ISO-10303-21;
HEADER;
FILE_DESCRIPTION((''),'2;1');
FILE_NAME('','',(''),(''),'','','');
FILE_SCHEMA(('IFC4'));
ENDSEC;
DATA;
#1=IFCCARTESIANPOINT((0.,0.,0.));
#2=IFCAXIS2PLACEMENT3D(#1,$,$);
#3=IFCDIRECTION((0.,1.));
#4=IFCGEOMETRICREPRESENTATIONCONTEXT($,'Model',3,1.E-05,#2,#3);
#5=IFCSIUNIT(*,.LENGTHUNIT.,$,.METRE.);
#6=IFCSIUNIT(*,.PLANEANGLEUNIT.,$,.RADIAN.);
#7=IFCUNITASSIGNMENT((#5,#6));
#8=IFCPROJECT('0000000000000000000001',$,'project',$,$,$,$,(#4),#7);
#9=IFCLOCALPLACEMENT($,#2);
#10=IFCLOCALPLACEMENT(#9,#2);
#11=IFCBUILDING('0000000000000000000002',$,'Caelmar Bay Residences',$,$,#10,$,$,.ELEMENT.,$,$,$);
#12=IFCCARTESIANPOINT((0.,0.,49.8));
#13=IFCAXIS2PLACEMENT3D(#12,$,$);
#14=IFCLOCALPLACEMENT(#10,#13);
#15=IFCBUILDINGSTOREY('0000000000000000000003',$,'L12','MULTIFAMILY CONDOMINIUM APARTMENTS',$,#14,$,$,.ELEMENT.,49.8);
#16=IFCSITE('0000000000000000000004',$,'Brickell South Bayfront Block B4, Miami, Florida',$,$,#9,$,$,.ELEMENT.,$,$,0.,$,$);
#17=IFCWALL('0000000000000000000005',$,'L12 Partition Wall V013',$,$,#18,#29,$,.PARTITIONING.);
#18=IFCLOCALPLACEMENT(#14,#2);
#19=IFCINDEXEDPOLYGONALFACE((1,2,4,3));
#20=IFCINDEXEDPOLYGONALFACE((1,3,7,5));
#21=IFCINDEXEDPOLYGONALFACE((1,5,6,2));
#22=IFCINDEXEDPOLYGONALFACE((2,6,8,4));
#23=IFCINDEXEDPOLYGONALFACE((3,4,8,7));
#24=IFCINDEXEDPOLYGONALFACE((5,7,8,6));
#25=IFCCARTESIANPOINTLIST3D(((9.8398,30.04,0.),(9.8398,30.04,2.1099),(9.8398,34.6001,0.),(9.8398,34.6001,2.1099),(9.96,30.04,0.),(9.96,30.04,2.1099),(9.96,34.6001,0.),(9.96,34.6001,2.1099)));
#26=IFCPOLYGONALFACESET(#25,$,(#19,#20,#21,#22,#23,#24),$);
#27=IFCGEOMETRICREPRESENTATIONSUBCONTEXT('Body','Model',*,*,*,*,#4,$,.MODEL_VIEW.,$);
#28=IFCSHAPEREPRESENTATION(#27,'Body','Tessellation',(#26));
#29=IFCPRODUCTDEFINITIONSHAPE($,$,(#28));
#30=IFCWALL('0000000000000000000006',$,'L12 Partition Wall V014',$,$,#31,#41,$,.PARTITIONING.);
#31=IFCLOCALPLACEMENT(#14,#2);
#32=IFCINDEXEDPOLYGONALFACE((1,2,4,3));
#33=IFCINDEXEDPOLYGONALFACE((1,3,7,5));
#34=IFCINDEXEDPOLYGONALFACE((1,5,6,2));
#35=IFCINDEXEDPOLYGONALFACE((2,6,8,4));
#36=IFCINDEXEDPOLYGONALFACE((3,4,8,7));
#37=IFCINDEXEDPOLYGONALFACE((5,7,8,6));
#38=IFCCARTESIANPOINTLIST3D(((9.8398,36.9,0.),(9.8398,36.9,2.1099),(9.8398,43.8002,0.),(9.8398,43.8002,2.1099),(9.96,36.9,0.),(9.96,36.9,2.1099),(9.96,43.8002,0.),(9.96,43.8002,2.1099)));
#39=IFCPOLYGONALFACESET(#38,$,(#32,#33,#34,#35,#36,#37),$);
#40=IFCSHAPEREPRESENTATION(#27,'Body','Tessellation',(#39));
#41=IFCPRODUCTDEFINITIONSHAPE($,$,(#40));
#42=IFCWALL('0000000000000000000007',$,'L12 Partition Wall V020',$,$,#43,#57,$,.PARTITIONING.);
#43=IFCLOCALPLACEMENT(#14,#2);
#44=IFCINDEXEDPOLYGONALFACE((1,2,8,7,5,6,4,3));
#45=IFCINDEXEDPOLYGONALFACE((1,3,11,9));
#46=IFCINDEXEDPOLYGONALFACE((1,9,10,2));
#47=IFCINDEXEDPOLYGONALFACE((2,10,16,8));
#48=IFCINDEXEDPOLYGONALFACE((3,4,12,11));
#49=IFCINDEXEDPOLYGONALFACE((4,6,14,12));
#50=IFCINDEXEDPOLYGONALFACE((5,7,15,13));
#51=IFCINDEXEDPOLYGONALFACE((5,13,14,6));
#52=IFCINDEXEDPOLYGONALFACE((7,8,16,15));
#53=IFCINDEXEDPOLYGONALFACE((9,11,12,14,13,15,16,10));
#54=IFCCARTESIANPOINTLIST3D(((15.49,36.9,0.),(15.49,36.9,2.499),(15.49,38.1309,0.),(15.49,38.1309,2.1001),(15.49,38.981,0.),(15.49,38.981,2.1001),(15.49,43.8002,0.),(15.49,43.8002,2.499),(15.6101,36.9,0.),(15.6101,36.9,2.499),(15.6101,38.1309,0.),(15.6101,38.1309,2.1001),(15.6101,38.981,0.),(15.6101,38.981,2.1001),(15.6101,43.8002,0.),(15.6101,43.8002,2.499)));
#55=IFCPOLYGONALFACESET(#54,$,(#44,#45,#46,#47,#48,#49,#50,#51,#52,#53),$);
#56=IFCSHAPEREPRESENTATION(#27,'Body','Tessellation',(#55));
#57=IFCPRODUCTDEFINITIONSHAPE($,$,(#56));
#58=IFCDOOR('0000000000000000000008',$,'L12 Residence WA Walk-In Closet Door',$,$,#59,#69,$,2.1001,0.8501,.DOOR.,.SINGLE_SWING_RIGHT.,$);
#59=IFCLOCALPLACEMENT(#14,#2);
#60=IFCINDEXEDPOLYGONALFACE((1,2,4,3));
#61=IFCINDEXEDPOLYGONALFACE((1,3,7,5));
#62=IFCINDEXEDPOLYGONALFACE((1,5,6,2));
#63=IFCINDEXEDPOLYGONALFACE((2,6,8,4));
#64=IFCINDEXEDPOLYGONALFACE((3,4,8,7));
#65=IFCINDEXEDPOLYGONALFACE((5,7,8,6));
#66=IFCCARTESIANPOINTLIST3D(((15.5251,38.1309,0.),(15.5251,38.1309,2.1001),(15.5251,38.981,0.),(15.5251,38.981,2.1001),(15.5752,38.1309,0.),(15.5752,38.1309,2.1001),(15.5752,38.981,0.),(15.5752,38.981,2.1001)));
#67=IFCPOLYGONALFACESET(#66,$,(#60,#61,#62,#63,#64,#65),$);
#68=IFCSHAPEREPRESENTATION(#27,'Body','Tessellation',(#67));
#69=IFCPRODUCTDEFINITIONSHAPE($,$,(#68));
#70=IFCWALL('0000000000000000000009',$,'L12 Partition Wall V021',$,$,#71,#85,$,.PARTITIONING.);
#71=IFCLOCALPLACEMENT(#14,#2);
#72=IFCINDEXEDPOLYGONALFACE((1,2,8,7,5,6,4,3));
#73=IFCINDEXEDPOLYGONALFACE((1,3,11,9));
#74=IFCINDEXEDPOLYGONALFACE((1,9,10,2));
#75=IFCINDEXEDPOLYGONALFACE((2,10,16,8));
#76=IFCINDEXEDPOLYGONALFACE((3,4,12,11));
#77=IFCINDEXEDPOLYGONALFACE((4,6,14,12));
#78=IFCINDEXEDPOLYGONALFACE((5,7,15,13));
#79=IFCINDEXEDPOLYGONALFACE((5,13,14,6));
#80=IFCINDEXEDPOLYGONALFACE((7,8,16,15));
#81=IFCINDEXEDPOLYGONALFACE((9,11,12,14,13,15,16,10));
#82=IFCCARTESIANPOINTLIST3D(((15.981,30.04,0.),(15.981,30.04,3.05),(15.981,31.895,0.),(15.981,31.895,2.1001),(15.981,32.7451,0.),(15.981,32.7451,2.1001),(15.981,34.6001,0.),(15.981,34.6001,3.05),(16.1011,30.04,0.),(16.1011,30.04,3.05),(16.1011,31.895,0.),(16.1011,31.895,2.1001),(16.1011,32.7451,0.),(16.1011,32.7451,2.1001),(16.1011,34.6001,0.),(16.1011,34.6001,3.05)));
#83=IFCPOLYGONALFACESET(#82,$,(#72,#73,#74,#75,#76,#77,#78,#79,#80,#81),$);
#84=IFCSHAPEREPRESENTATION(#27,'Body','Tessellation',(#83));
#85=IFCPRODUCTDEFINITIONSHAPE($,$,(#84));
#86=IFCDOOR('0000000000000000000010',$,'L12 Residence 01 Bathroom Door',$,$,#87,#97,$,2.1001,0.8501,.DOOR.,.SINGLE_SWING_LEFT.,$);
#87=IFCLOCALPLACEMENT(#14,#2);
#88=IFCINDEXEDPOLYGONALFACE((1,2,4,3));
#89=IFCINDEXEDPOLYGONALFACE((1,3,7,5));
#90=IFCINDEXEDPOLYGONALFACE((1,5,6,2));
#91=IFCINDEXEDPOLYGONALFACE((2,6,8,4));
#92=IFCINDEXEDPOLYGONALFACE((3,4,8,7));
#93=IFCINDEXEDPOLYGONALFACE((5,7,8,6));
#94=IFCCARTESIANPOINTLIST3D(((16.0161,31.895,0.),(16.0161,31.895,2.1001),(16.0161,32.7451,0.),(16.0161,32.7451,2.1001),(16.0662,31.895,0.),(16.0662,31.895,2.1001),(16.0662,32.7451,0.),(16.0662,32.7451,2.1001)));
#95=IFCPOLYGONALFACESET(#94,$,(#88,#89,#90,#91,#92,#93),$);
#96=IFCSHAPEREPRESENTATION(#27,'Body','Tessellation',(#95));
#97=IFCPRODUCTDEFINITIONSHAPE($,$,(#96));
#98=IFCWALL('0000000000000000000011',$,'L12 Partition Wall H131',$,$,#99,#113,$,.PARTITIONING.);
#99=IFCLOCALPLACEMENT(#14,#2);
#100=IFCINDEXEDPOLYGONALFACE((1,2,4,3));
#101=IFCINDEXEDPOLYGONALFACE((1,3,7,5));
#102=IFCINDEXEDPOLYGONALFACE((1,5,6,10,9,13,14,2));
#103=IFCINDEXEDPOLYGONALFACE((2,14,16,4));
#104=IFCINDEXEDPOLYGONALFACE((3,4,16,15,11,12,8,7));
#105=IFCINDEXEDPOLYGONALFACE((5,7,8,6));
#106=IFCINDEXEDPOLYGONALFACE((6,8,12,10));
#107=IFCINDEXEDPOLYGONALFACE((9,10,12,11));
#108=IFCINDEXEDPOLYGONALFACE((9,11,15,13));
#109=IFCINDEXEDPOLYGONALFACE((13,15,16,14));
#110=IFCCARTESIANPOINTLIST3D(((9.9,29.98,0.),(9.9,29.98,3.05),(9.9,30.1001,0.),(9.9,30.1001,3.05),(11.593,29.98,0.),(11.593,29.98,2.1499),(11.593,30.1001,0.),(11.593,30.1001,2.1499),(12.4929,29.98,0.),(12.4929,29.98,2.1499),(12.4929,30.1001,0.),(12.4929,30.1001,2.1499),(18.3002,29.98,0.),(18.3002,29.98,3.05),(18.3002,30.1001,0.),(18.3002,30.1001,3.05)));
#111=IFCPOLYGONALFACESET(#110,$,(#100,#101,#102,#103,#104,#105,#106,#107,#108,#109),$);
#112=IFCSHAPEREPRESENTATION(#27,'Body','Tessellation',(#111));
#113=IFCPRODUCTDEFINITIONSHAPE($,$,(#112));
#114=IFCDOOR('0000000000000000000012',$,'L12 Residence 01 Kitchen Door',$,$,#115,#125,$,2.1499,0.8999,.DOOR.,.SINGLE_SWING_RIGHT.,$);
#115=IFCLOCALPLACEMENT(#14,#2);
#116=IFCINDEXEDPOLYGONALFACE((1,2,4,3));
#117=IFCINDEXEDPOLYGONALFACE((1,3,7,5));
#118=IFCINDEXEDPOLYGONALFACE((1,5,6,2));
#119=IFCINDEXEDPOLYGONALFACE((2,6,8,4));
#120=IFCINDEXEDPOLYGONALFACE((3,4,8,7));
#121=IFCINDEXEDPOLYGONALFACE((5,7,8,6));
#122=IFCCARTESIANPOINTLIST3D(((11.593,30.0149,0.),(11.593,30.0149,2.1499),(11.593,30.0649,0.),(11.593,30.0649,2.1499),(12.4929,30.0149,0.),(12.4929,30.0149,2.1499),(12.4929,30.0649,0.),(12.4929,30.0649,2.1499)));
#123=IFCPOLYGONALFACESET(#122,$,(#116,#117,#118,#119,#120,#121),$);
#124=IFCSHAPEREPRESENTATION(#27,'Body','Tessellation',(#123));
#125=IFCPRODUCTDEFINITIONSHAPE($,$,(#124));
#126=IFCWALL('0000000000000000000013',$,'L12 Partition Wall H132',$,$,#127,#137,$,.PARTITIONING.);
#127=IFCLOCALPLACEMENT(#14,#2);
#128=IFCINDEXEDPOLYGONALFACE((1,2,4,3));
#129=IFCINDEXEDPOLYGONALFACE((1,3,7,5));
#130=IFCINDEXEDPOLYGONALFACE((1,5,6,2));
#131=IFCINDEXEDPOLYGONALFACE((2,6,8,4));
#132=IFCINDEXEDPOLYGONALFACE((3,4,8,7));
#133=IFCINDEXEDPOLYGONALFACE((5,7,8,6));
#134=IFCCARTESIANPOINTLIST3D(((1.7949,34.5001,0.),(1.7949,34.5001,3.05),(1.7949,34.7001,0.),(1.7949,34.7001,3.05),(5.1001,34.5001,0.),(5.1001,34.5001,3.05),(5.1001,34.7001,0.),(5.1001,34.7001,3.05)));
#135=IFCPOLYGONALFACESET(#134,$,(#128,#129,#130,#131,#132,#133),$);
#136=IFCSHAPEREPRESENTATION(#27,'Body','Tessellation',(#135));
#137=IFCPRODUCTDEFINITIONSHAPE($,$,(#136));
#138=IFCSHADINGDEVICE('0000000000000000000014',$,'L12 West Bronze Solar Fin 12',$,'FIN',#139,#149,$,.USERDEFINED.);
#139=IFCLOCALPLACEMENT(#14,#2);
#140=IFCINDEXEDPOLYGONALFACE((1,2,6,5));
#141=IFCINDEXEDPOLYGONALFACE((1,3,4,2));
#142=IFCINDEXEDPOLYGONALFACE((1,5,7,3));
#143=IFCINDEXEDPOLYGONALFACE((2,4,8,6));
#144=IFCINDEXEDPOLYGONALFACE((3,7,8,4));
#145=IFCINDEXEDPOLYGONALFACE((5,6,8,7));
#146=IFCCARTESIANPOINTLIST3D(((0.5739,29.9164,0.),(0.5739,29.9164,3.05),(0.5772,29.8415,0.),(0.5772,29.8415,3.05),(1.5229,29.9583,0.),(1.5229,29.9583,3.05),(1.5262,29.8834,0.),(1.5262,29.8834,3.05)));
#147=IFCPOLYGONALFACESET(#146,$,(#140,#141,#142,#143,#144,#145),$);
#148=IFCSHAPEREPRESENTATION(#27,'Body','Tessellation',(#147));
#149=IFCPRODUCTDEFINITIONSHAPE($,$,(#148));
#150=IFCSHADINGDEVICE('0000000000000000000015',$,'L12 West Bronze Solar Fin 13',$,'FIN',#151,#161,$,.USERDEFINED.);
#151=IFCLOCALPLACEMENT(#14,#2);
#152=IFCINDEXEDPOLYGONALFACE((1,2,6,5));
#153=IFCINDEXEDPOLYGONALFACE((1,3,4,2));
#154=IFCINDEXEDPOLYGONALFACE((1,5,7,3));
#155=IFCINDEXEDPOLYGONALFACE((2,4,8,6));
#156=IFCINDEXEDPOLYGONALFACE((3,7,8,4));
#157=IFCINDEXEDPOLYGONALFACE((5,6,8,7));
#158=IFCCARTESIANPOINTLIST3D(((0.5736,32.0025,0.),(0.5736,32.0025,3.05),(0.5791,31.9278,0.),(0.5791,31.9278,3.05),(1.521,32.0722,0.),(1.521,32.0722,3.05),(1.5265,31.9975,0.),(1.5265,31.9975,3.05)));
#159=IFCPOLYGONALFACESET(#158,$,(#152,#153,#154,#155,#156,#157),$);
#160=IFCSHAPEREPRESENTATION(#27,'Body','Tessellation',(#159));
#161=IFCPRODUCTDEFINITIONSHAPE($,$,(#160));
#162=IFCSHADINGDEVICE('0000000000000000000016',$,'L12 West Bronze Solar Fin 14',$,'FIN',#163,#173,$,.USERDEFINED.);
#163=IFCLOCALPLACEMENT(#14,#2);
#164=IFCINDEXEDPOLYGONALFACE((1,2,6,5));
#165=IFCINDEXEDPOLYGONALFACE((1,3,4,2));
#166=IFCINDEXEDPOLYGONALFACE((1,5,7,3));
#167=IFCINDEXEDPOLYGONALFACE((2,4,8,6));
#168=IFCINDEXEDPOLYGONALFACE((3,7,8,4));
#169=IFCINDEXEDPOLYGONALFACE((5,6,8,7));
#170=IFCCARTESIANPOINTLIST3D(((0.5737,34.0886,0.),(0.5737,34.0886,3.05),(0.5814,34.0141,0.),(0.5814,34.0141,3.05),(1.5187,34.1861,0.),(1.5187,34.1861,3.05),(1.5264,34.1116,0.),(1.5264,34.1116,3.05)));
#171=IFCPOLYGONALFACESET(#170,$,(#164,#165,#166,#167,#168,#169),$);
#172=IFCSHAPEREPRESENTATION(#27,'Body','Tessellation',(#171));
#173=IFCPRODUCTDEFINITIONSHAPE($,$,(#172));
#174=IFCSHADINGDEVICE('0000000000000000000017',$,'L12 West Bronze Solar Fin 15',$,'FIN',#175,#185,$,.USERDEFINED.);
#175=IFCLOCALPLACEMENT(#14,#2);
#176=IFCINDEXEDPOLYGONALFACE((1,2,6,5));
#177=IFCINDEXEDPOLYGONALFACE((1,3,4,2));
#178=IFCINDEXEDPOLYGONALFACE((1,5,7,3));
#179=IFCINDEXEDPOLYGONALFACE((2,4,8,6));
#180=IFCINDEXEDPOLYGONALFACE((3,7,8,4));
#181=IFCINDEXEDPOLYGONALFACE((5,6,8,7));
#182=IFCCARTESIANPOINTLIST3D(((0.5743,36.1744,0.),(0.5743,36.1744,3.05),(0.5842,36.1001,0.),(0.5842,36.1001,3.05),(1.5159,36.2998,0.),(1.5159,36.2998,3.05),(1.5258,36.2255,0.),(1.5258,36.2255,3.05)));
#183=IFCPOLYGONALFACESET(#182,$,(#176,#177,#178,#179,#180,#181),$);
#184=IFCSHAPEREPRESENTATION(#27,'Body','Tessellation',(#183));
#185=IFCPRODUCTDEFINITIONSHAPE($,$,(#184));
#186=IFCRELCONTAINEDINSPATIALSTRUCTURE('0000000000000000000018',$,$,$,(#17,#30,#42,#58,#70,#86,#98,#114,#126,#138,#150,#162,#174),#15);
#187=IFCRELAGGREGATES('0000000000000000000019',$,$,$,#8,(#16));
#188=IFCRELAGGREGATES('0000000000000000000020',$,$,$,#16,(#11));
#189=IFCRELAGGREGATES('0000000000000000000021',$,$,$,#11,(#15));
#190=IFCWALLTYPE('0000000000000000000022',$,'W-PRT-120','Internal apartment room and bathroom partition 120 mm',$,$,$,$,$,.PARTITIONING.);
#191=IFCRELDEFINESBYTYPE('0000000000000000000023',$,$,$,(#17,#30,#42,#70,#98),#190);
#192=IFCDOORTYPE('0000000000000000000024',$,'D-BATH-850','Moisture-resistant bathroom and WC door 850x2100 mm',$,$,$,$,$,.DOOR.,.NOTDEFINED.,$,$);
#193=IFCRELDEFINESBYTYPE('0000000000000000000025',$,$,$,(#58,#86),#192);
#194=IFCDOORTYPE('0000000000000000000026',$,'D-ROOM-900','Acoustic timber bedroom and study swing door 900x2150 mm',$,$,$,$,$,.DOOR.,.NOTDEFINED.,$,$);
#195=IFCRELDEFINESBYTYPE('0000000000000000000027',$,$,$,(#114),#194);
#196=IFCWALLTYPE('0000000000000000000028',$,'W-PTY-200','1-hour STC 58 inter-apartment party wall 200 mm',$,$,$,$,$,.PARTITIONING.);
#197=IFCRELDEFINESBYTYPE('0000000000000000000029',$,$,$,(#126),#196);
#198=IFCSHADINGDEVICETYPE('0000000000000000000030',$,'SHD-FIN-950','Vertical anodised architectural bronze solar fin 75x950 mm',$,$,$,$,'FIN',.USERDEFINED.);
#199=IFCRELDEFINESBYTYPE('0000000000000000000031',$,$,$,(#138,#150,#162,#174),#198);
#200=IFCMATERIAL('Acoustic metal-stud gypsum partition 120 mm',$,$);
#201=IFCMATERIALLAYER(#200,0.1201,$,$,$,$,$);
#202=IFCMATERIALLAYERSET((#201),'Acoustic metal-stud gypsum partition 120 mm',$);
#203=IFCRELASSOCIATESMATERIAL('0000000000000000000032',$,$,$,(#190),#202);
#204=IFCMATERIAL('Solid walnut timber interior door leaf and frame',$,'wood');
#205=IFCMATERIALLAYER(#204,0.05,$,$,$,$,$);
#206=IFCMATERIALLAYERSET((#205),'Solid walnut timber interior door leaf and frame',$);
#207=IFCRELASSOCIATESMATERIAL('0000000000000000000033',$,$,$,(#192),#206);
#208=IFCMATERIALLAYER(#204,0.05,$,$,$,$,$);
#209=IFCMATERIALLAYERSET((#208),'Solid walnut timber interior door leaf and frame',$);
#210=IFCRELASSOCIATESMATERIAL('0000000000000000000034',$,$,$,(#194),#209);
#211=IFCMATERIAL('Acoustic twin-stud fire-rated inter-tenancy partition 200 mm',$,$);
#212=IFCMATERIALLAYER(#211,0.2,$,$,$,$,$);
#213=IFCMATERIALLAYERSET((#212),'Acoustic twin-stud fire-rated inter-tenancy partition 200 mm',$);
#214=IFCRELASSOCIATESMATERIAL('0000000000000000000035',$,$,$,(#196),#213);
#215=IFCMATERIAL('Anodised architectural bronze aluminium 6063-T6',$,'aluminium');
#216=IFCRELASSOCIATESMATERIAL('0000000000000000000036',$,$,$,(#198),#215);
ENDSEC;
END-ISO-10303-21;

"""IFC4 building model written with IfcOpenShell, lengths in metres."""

from ifc_helpers import new_model, si_unit, direction, frame, frame_2d, origin, origin_2d, place, context, subcontext, project, spatial, rectangle, extrude, material, layer, layer_set, material_profile, profile_set, type_object, element, fill, save


model = new_model("IFC4")

# Units and contexts
model_context = context("Model", 3, precision=1e-05, world=origin(), true_north=direction((0.0, 1.0)))
body_context = subcontext(model_context, "Body", "Model", "MODEL_VIEW")
ifc_project = project(units=[si_unit("LENGTHUNIT", "METRE"), si_unit("PLANEANGLEUNIT", "RADIAN")], contexts=[model_context])

# Site, building, storey
site_placement = place(None, origin())
site = spatial("IfcSite", under=ifc_project, at=site_placement, Name="Brickell South Bayfront Block B4, Miami, Florida", CompositionType="ELEMENT", RefElevation=0.0)
building_placement = place(site_placement, origin())
building = spatial("IfcBuilding", under=site, at=building_placement, Name="Caelmar Bay Residences", CompositionType="ELEMENT")
storey_placement = place(building_placement, frame((0.0, 0.0, 49.8)))
storey = spatial("IfcBuildingStorey", under=building, at=storey_placement, Name="L12", Description="MULTIFAMILY CONDOMINIUM APARTMENTS", CompositionType="ELEMENT", Elevation=49.8)

# Walls
ifc_material_1 = material(Name="Acoustic metal-stud gypsum partition 120 mm")
ifc_layer_1 = layer(ifc_material_1, 0.1201)
ifc_layer_set_1 = layer_set([ifc_layer_1], Name="Acoustic metal-stud gypsum partition 120 mm")
wall_type_1 = type_object("IfcWallType", Name="W-PRT-120", Description="Internal apartment room and bathroom partition 120 mm", PredefinedType="PARTITIONING", material=ifc_layer_set_1)
wall_1_placement = place(storey_placement, frame((9.8999, 30.04, 0.0), z_axis=(0.0, 0.0, 1.0), x_axis=(0.0, 1.0, 0.0)))
element("IfcWall", 1, at=wall_1_placement, inside=storey, type_object=wall_type_1, Name="L12 Partition Wall V013", PredefinedType="PARTITIONING", context=body_context, shape_type="SweptSolid", body=[
    extrude(rectangle(XDim=4.5601, YDim=0.1201, at=frame_2d((2.28, 0.0))), origin(), (0.0, 0.0, 1.0), 2.1099),
])
wall_2_placement = place(storey_placement, frame((9.8999, 36.8999, 0.0), z_axis=(0.0, 0.0, 1.0), x_axis=(0.0, 1.0, 0.0)))
element("IfcWall", 2, at=wall_2_placement, inside=storey, type_object=wall_type_1, Name="L12 Partition Wall V014", PredefinedType="PARTITIONING", context=body_context, shape_type="SweptSolid", body=[
    extrude(rectangle(XDim=6.9001, YDim=0.1201, at=frame_2d((3.4502, 0.0))), origin(), (0.0, 0.0, 1.0), 2.1099),
])

# Walls, openings, doors
wall_3_placement = place(storey_placement, frame((15.55, 36.8999, 0.0), z_axis=(0.0, 0.0, 1.0), x_axis=(0.0, 1.0, 0.0)))
wall_3 = element("IfcWall", 3, at=wall_3_placement, inside=storey, type_object=wall_type_1, Name="L12 Partition Wall V020", PredefinedType="PARTITIONING", context=body_context, shape_type="SweptSolid", body=[
    extrude(rectangle(XDim=6.9001, YDim=0.1201, at=frame_2d((3.4502, 0.0))), origin(), (0.0, 0.0, 1.0), 2.499),
])
opening_1_placement = place(wall_3_placement, frame((1.231, 0.0, 0.0)))
opening_1 = element("IfcOpeningElement", 4, at=opening_1_placement, cuts=wall_3, PredefinedType="OPENING", context=body_context, shape_type="SweptSolid", body=[
    extrude(rectangle(XDim=0.8501, YDim=2.1001, at=frame_2d((0.425, 1.05))), frame((0.0, 0.0701, 0.0), z_axis=(0.0, -1.0, 0.0), x_axis=(1.0, 0.0, 0.0)), (0.0, 0.0, 1.0), 0.1401),
])
ifc_material_2 = material(Name="Solid walnut timber interior door leaf and frame", Category="wood")
ifc_layer_2 = layer(ifc_material_2, 0.05)
ifc_layer_set_2 = layer_set([ifc_layer_2], Name="Solid walnut timber interior door leaf and frame")
door_type_1 = type_object("IfcDoorType", Name="D-BATH-850", Description="Moisture-resistant bathroom and WC door 850x2100 mm", OperationType="NOTDEFINED", PredefinedType="DOOR", material=ifc_layer_set_2)
door_1_placement = place(opening_1_placement, origin())
door_1 = element("IfcDoor", 5, at=door_1_placement, inside=storey, type_object=door_type_1, Name="L12 Residence WA Walk-In Closet Door", OperationType="SINGLE_SWING_RIGHT", OverallHeight=2.1001, OverallWidth=0.8501, PredefinedType="DOOR", context=body_context, shape_type="SweptSolid", body=[
    extrude(rectangle(XDim=0.8501, YDim=2.1001, at=frame_2d((0.425, 1.05))), frame((0.0, 0.0249, 0.0), z_axis=(0.0, -1.0, 0.0), x_axis=(1.0, 0.0, 0.0)), (0.0, 0.0, 1.0), 0.05),
])
fill(opening_1, door_1)
wall_4_placement = place(storey_placement, frame((16.041, 30.04, 0.0), z_axis=(0.0, 0.0, 1.0), x_axis=(0.0, 1.0, 0.0)))
wall_4 = element("IfcWall", 6, at=wall_4_placement, inside=storey, type_object=wall_type_1, Name="L12 Partition Wall V021", PredefinedType="PARTITIONING", context=body_context, shape_type="SweptSolid", body=[
    extrude(rectangle(XDim=4.5601, YDim=0.1201, at=frame_2d((2.28, 0.0))), origin(), (0.0, 0.0, 1.0), 3.05),
])
opening_2_placement = place(wall_4_placement, frame((1.855, 0.0, 0.0)))
opening_2 = element("IfcOpeningElement", 7, at=opening_2_placement, cuts=wall_4, PredefinedType="OPENING", context=body_context, shape_type="SweptSolid", body=[
    extrude(rectangle(XDim=0.8501, YDim=2.1001, at=frame_2d((0.425, 1.05))), frame((0.0, 0.0701, 0.0), z_axis=(0.0, -1.0, 0.0), x_axis=(1.0, 0.0, 0.0)), (0.0, 0.0, 1.0), 0.1401),
])
door_2_placement = place(opening_2_placement, origin())
door_2 = element("IfcDoor", 8, at=door_2_placement, inside=storey, type_object=door_type_1, Name="L12 Residence 01 Bathroom Door", OperationType="SINGLE_SWING_LEFT", OverallHeight=2.1001, OverallWidth=0.8501, PredefinedType="DOOR", context=body_context, shape_type="SweptSolid", body=[
    extrude(rectangle(XDim=0.8501, YDim=2.1001, at=frame_2d((0.425, 1.05))), frame((0.0, 0.0249, 0.0), z_axis=(0.0, -1.0, 0.0), x_axis=(1.0, 0.0, 0.0)), (0.0, 0.0, 1.0), 0.05),
])
fill(opening_2, door_2)
wall_5_placement = place(storey_placement, frame((9.8999, 30.04, 0.0), z_axis=(0.0, 0.0, 1.0), x_axis=(1.0, 0.0, 0.0)))
wall_5 = element("IfcWall", 9, at=wall_5_placement, inside=storey, type_object=wall_type_1, Name="L12 Partition Wall H131", PredefinedType="PARTITIONING", context=body_context, shape_type="SweptSolid", body=[
    extrude(rectangle(XDim=8.4001, YDim=0.1201, at=frame_2d((4.2002, 0.0))), origin(), (0.0, 0.0, 1.0), 3.05),
])
opening_3_placement = place(wall_5_placement, frame((1.6931, 0.0, 0.0)))
opening_3 = element("IfcOpeningElement", 10, at=opening_3_placement, cuts=wall_5, PredefinedType="OPENING", context=body_context, shape_type="SweptSolid", body=[
    extrude(rectangle(XDim=0.8999, YDim=2.1499, at=frame_2d((0.45, 1.075))), frame((0.0, 0.0701, 0.0), z_axis=(0.0, -1.0, 0.0), x_axis=(1.0, 0.0, 0.0)), (0.0, 0.0, 1.0), 0.1401),
])
ifc_layer_3 = layer(ifc_material_2, 0.05)
ifc_layer_set_3 = layer_set([ifc_layer_3], Name="Solid walnut timber interior door leaf and frame")
door_type_2 = type_object("IfcDoorType", Name="D-ROOM-900", Description="Acoustic timber bedroom and study swing door 900x2150 mm", OperationType="NOTDEFINED", PredefinedType="DOOR", material=ifc_layer_set_3)
door_3_placement = place(opening_3_placement, origin())
door_3 = element("IfcDoor", 11, at=door_3_placement, inside=storey, type_object=door_type_2, Name="L12 Residence 01 Kitchen Door", OperationType="SINGLE_SWING_RIGHT", OverallHeight=2.1499, OverallWidth=0.8999, PredefinedType="DOOR", context=body_context, shape_type="SweptSolid", body=[
    extrude(rectangle(XDim=0.8999, YDim=2.1499, at=frame_2d((0.45, 1.075))), frame((0.0, 0.0249, 0.0), z_axis=(0.0, -1.0, 0.0), x_axis=(1.0, 0.0, 0.0)), (0.0, 0.0, 1.0), 0.05),
])
fill(opening_3, door_3)

# Wall
ifc_material_3 = material(Name="Acoustic twin-stud fire-rated inter-tenancy partition 200 mm")
ifc_layer_4 = layer(ifc_material_3, 0.2)
ifc_layer_set_4 = layer_set([ifc_layer_4], Name="Acoustic twin-stud fire-rated inter-tenancy partition 200 mm")
wall_type_2 = type_object("IfcWallType", Name="W-PTY-200", Description="1-hour STC 58 inter-apartment party wall 200 mm", PredefinedType="PARTITIONING", material=ifc_layer_set_4)
wall_6_placement = place(storey_placement, frame((1.7949, 34.6001, 0.0), z_axis=(0.0, 0.0, 1.0), x_axis=(1.0, 0.0, 0.0)))
element("IfcWall", 12, at=wall_6_placement, inside=storey, type_object=wall_type_2, Name="L12 Partition Wall H132", PredefinedType="PARTITIONING", context=body_context, shape_type="SweptSolid", body=[
    extrude(rectangle(XDim=3.3052, YDim=0.2, at=frame_2d((1.6526, 0.0))), origin(), (0.0, 0.0, 1.0), 3.05),
])

# Shading devices
ifc_material_4 = material(Name="Anodised architectural bronze aluminium 6063-T6", Category="aluminium")
ifc_material_profile = material_profile(ifc_material_4, rectangle(XDim=0.075, YDim=0.95, at=origin_2d()), Name="BRONZE-FIN-75X950")
ifc_profile_set = profile_set([ifc_material_profile], Name="Anodised architectural bronze aluminium 6063-T6")
shading_device_type = type_object("IfcShadingDeviceType", Name="SHD-FIN-950", Description="Vertical anodised architectural bronze solar fin 75x950 mm", ElementType="FIN", PredefinedType="USERDEFINED", material=ifc_profile_set)
for number, where, z_axis, x_axis, name in (
    (13, (1.05, 29.8999, 0.0), (0.0, 0.0, 1.0), (-0.044142, 0.999025, 0.0), "L12 West Bronze Solar Fin 12"),
    (14, (1.05, 32.0, 0.0), (0.0, 0.0, 1.0), (-0.073412, 0.997302, 0.0), "L12 West Bronze Solar Fin 13"),
    (15, (1.05, 34.1001, 0.0), (0.0, 0.0, 1.0), (-0.102619, 0.994721, 0.0), "L12 West Bronze Solar Fin 14"),
    (16, (1.05, 36.2, 0.0), (0.0, 0.0, 1.0), (-0.13191, 0.991262, 0.0), "L12 West Bronze Solar Fin 15"),
):
    element("IfcShadingDevice", number, at=place(storey_placement, frame(where, z_axis=z_axis, x_axis=x_axis)), inside=storey, type_object=shading_device_type, Name=name, ObjectType="FIN", PredefinedType="USERDEFINED", context=body_context, shape_type="SweptSolid", body=[
        extrude(rectangle(XDim=0.075, YDim=0.95, at=origin_2d()), origin(), (0.0, 0.0, 1.0), 3.05),
    ])

save(model, "model.ifc")
